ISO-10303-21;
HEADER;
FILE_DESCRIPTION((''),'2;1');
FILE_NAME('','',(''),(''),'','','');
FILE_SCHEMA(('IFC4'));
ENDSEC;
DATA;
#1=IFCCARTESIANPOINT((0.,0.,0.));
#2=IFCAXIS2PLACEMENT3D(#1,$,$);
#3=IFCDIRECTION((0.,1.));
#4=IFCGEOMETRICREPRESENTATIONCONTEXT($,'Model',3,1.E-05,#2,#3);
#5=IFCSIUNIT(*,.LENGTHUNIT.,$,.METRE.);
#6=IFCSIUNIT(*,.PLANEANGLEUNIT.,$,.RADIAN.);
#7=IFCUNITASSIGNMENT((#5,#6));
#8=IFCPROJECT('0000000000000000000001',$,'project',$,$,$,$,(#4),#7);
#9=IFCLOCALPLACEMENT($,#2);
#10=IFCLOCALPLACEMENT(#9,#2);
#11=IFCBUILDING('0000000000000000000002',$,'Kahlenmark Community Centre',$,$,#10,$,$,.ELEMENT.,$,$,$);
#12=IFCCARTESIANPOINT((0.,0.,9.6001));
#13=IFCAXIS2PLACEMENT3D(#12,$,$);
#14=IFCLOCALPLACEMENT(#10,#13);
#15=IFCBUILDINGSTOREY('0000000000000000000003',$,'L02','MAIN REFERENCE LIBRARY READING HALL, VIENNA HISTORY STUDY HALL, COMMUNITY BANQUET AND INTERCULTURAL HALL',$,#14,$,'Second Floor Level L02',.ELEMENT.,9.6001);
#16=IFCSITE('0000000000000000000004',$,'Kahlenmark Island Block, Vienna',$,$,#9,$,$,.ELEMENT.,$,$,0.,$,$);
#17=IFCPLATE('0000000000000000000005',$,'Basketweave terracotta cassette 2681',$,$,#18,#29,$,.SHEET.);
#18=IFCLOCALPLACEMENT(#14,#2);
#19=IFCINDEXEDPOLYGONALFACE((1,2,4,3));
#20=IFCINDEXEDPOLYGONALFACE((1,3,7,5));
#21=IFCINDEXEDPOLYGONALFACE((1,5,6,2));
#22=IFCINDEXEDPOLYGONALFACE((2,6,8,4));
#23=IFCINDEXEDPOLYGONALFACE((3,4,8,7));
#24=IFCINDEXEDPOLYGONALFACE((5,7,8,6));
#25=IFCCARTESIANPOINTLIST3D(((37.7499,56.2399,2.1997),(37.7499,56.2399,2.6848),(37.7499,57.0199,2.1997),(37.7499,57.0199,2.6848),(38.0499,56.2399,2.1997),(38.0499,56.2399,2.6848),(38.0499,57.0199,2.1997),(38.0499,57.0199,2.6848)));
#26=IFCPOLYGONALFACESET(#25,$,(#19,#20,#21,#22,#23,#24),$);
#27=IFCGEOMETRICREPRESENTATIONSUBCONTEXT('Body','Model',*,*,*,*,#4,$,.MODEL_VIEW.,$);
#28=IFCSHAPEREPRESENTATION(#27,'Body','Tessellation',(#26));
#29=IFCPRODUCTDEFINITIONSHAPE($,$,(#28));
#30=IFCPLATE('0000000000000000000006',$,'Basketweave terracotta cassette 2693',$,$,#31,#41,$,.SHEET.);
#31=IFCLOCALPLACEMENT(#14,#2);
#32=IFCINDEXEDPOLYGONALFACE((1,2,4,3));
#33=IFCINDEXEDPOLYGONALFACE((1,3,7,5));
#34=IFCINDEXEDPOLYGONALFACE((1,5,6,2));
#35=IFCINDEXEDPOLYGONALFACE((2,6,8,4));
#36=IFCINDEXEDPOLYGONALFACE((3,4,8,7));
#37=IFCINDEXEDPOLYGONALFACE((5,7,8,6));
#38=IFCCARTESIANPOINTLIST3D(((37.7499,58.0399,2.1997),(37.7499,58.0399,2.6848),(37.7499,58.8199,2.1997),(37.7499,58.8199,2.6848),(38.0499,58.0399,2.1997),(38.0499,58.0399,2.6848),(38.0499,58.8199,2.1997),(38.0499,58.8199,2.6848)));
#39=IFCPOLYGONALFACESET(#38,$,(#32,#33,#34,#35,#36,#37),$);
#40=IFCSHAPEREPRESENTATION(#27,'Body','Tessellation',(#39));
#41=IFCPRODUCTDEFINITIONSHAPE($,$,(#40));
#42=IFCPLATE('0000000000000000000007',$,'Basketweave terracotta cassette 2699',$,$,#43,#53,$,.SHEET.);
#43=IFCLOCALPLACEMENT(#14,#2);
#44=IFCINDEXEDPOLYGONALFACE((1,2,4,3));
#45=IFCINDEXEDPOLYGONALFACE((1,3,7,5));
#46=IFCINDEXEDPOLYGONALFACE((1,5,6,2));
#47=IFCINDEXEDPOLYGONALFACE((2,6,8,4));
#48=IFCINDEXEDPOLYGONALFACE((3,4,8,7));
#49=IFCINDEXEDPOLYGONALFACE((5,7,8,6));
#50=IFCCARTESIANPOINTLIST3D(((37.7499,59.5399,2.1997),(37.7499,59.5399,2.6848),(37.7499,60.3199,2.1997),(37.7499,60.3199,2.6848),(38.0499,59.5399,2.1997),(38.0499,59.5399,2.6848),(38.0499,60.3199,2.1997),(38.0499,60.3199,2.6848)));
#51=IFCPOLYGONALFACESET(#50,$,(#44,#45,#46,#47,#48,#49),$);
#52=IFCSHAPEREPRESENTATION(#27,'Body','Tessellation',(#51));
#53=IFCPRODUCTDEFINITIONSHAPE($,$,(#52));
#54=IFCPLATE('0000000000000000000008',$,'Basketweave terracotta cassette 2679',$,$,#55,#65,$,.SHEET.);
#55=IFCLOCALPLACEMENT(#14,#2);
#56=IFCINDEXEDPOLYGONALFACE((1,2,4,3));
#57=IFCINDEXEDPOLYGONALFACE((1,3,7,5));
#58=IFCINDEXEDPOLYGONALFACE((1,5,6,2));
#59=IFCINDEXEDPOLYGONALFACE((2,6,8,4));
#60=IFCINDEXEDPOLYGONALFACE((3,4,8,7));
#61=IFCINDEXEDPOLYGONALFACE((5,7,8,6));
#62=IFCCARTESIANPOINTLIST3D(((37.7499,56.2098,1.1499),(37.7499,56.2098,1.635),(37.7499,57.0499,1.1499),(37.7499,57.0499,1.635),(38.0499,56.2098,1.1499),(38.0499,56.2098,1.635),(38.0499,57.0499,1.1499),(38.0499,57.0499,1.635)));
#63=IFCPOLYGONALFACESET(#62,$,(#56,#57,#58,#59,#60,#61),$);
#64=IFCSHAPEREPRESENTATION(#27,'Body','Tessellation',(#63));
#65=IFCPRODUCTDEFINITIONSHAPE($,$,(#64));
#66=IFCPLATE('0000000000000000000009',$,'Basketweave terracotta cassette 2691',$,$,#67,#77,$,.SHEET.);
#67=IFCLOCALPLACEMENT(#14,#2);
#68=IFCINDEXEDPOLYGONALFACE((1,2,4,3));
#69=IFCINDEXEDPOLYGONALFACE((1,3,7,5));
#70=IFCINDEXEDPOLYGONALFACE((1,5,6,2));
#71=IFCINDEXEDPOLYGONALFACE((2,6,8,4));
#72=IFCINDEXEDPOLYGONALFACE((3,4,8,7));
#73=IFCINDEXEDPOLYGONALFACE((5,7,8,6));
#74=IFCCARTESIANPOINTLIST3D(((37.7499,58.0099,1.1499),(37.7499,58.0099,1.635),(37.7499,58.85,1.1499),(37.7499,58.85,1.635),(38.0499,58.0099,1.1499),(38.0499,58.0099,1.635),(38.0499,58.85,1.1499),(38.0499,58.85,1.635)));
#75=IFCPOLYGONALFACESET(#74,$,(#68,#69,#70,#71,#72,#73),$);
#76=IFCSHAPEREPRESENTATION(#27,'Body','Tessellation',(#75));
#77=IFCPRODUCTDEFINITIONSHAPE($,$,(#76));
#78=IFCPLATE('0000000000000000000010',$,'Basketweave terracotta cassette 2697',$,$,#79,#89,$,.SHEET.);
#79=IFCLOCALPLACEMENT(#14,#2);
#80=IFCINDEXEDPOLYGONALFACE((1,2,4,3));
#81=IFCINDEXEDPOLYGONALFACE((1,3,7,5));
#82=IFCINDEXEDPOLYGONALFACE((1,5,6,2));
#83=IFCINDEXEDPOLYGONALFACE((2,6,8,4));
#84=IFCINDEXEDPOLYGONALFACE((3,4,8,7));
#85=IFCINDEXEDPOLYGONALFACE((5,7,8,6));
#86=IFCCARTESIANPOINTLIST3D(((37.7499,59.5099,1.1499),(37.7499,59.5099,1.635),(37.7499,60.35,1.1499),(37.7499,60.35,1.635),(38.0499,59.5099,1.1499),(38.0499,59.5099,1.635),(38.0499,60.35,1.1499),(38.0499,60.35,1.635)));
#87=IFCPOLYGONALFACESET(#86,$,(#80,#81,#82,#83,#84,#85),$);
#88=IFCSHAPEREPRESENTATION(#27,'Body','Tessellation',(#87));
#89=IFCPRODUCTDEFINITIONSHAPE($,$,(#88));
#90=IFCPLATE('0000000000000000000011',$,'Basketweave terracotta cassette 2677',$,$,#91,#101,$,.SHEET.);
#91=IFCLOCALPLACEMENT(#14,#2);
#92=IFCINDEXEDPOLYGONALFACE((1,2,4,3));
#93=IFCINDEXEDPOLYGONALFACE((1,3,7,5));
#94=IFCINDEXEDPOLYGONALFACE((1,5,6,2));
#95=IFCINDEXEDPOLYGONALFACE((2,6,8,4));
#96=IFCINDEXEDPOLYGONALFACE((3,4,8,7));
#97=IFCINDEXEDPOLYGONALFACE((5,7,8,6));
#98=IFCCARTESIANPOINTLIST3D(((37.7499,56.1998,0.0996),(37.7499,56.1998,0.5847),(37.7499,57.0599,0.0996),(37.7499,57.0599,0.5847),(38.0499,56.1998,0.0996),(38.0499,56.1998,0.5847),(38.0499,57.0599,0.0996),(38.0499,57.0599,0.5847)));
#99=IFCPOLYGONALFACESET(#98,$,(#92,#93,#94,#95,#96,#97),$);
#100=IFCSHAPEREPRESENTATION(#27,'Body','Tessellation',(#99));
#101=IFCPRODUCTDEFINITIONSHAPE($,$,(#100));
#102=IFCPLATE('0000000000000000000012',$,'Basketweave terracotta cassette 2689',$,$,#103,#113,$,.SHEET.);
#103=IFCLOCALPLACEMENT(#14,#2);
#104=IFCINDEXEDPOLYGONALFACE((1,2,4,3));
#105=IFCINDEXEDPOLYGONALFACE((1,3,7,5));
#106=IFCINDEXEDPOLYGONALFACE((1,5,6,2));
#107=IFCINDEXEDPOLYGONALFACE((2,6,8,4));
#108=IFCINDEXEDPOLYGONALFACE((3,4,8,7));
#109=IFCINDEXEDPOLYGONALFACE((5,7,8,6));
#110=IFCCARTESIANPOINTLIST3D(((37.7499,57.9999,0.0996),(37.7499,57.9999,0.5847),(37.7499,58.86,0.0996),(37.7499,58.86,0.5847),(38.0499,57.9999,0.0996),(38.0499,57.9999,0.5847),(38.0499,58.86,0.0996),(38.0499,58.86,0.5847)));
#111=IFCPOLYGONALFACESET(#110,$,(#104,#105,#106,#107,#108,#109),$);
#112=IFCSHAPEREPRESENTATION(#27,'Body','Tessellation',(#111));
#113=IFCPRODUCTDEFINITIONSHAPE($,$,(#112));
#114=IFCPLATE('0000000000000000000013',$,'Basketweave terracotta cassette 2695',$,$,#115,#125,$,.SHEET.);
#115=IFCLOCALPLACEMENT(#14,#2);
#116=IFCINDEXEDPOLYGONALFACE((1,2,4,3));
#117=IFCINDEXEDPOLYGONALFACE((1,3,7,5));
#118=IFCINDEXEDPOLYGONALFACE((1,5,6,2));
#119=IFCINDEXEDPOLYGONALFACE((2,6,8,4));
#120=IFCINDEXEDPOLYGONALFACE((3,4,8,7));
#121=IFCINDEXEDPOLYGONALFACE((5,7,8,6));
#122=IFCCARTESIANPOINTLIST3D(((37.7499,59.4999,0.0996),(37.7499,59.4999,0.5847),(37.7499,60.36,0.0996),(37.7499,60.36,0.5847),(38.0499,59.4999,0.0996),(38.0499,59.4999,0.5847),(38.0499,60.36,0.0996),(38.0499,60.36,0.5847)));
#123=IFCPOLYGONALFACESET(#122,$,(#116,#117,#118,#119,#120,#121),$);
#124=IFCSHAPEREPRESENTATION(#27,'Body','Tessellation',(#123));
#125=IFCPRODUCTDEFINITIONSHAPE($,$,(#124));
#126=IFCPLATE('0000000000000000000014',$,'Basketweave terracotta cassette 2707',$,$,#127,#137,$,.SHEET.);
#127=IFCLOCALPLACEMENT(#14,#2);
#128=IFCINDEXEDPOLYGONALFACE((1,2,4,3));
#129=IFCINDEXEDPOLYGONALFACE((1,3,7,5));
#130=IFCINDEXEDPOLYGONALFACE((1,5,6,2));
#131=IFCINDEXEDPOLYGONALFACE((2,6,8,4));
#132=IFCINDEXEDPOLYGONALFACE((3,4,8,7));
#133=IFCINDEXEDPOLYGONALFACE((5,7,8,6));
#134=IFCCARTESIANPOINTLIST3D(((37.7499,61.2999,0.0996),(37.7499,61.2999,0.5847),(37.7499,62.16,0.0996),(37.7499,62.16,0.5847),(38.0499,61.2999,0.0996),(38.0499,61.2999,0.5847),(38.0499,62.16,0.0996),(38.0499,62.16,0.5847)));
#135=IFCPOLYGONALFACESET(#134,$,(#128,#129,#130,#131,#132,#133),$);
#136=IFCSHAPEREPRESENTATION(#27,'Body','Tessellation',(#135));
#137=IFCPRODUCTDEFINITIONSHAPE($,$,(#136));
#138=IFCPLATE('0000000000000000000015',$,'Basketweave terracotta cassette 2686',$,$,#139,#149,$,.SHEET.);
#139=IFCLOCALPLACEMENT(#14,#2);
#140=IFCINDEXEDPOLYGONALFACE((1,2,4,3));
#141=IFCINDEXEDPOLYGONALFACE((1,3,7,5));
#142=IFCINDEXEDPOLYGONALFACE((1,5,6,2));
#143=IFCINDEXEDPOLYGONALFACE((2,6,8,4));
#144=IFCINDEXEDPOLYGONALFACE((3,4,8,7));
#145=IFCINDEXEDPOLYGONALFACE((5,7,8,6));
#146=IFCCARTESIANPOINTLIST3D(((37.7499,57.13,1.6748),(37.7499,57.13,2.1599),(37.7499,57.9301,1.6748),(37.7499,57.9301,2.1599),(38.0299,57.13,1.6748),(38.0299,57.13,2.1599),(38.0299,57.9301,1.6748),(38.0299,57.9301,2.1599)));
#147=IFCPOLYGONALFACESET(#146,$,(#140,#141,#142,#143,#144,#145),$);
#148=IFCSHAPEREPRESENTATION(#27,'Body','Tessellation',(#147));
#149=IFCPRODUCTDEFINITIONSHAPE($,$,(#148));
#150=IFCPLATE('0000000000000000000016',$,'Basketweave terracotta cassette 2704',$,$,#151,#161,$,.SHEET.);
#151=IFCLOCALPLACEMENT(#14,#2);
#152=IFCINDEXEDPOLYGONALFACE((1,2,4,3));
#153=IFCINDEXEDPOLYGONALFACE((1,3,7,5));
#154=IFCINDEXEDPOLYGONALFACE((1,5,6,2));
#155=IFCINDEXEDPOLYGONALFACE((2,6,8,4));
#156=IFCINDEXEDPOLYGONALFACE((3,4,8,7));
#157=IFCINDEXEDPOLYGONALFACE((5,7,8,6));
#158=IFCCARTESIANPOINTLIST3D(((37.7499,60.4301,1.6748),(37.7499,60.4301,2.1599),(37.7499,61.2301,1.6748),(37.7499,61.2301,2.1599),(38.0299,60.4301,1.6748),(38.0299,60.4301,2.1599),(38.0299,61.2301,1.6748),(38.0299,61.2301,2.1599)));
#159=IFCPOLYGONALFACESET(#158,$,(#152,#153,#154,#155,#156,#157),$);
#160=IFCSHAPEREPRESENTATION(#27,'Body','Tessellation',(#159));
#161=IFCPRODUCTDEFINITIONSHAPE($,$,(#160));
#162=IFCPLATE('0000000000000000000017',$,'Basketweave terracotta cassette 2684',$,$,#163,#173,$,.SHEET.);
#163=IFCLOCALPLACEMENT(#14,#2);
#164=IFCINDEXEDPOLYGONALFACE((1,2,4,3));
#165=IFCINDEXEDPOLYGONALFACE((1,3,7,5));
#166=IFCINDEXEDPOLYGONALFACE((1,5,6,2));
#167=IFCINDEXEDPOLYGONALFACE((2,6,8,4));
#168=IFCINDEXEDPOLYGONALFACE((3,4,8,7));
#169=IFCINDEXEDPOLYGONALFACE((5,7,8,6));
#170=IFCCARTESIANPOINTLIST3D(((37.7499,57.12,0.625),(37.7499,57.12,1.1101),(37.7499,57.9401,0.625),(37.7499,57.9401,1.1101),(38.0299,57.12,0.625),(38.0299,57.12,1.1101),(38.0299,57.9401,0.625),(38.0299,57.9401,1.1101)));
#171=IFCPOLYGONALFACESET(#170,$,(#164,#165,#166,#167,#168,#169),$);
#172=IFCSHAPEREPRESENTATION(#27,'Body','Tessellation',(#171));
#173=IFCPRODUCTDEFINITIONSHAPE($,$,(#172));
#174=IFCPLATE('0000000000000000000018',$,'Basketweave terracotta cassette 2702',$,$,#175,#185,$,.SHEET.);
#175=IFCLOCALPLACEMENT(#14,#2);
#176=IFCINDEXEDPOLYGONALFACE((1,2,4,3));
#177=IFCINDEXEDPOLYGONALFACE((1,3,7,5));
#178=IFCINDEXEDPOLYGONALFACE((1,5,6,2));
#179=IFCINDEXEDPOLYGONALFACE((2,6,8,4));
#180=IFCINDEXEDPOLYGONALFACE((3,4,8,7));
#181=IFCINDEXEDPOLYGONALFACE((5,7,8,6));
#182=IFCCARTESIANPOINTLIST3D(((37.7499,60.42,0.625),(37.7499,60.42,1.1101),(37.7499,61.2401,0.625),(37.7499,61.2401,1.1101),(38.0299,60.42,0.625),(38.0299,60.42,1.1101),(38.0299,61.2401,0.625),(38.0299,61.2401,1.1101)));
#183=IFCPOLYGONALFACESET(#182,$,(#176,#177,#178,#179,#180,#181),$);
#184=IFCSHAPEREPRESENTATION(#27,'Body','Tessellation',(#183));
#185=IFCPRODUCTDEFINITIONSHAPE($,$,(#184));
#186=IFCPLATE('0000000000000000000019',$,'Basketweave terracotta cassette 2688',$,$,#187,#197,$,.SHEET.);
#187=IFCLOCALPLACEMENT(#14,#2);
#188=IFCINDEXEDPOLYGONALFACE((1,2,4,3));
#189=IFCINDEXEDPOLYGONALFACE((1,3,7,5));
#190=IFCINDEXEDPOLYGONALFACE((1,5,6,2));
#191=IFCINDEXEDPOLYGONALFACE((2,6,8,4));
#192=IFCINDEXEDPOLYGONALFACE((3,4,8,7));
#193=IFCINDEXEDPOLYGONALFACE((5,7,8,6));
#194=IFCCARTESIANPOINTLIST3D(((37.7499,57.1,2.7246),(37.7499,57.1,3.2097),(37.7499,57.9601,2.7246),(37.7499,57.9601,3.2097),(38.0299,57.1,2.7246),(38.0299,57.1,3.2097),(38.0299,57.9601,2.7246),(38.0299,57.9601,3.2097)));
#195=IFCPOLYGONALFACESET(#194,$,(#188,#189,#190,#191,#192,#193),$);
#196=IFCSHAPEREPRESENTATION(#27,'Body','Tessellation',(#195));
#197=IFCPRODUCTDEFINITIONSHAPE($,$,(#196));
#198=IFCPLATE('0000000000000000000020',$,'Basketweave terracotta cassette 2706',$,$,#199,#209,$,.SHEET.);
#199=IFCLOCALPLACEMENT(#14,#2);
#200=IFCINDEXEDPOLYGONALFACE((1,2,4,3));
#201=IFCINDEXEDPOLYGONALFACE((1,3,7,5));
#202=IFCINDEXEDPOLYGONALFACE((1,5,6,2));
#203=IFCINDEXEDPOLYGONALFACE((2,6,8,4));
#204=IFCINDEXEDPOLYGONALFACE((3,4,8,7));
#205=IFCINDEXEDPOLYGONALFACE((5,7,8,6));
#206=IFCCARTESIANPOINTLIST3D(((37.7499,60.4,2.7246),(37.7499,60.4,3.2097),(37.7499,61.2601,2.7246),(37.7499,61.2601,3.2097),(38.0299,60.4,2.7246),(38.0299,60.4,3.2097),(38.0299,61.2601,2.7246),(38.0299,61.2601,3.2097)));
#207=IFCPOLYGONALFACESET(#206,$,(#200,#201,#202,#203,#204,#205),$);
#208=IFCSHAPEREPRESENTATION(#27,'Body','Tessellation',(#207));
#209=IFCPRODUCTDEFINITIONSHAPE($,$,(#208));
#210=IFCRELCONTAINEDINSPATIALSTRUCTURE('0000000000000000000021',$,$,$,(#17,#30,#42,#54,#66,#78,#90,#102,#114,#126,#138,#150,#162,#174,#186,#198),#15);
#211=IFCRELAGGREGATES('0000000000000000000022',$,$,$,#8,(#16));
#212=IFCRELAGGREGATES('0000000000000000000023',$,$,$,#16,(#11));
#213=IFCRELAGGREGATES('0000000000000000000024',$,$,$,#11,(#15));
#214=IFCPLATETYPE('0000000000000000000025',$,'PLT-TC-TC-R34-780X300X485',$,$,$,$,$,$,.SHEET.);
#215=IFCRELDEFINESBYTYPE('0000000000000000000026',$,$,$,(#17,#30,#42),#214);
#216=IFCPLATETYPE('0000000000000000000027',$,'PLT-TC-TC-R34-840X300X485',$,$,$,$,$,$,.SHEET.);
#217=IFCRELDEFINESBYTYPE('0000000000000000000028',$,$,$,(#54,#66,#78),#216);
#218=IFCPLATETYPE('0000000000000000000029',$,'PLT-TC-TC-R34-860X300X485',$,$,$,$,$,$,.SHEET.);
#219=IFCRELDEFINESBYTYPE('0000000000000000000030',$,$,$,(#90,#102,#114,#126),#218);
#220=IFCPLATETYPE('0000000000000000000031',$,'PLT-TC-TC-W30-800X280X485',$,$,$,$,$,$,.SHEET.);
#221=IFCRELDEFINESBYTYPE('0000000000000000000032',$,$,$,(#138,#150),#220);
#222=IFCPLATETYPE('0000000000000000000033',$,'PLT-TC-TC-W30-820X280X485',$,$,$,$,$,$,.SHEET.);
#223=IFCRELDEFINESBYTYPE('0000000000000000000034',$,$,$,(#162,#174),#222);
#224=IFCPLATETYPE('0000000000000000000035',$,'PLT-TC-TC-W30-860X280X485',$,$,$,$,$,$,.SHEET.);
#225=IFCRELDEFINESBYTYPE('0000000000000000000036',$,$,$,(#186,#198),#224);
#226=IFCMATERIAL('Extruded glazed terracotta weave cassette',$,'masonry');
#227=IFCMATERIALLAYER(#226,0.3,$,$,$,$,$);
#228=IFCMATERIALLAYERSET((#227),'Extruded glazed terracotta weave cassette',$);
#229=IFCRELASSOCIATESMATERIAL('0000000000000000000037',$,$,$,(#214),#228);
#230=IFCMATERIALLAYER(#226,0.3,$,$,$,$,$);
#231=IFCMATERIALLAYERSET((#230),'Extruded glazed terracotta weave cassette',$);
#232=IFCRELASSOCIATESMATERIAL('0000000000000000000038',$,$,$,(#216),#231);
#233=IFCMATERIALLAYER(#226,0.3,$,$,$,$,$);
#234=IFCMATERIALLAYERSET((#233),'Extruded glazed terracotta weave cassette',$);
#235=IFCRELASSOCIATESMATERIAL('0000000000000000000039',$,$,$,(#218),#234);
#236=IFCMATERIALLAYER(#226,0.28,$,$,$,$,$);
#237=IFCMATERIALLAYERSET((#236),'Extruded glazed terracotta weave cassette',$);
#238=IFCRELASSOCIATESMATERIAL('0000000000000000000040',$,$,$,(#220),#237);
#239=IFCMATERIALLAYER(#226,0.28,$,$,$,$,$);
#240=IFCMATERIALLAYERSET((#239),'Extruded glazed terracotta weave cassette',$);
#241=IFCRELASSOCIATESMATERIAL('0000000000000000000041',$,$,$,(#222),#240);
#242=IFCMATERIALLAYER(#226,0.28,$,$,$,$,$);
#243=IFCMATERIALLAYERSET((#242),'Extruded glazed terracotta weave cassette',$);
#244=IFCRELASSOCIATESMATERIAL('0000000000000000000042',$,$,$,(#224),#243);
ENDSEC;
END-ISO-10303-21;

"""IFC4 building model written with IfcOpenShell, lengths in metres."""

from ifc_helpers import new_model, si_unit, direction, frame, origin, origin_2d, place, context, subcontext, project, spatial, rectangle, extrude, material, layer, layer_set, type_object, element, save


model = new_model("IFC4")

# Units and contexts
model_context = context("Model", 3, precision=1e-05, world=origin(), true_north=direction((0.0, 1.0)))
body_context = subcontext(model_context, "Body", "Model", "MODEL_VIEW")
ifc_project = project(units=[si_unit("LENGTHUNIT", "METRE"), si_unit("PLANEANGLEUNIT", "RADIAN")], contexts=[model_context])

# Site, building, storey
site_placement = place(None, origin())
site = spatial("IfcSite", under=ifc_project, at=site_placement, Name="Kahlenmark Island Block, Vienna", CompositionType="ELEMENT", RefElevation=0.0)
building_placement = place(site_placement, origin())
building = spatial("IfcBuilding", under=site, at=building_placement, Name="Kahlenmark Community Centre", CompositionType="ELEMENT")
storey_placement = place(building_placement, frame((0.0, 0.0, 9.6001)))
storey = spatial("IfcBuildingStorey", under=building, at=storey_placement, Name="L02", Description="MAIN REFERENCE LIBRARY READING HALL, VIENNA HISTORY STUDY HALL, COMMUNITY BANQUET AND INTERCULTURAL HALL", LongName="Second Floor Level L02", CompositionType="ELEMENT", Elevation=9.6001)

# Plates
ifc_material_1 = material(Name="Extruded glazed terracotta weave cassette", Category="masonry")
ifc_layer_1 = layer(ifc_material_1, 0.3)
ifc_layer_set_1 = layer_set([ifc_layer_1], Name="Extruded glazed terracotta weave cassette")
plate_type_1 = type_object("IfcPlateType", Name="PLT-TC-TC-R34-780X300X485", PredefinedType="SHEET", material=ifc_layer_set_1)
for number, where, z_axis, x_axis, name in (
    (1, (37.8999, 56.6299, 2.1997), (0.0, 0.0, 1.0), (0.0, 1.0, 0.0), "Basketweave terracotta cassette 2681"),
    (2, (37.8999, 58.4299, 2.1997), (0.0, 0.0, 1.0), (0.0, 1.0, 0.0), "Basketweave terracotta cassette 2693"),
    (3, (37.8999, 59.9299, 2.1997), (0.0, 0.0, 1.0), (0.0, 1.0, 0.0), "Basketweave terracotta cassette 2699"),
):
    element("IfcPlate", number, at=place(storey_placement, frame(where, z_axis=z_axis, x_axis=x_axis)), inside=storey, type_object=plate_type_1, Name=name, PredefinedType="SHEET", context=body_context, shape_type="SweptSolid", body=[
        extrude(rectangle(XDim=0.78, YDim=0.3, at=origin_2d()), origin(), (0.0, 0.0, 1.0), 0.4851),
    ])
ifc_layer_2 = layer(ifc_material_1, 0.3)
ifc_layer_set_2 = layer_set([ifc_layer_2], Name="Extruded glazed terracotta weave cassette")
plate_type_2 = type_object("IfcPlateType", Name="PLT-TC-TC-R34-840X300X485", PredefinedType="SHEET", material=ifc_layer_set_2)
for number, where, z_axis, x_axis, name in (
    (4, (37.8999, 56.6299, 1.1499), (0.0, 0.0, 1.0), (0.0, 1.0, 0.0), "Basketweave terracotta cassette 2679"),
    (5, (37.8999, 58.4299, 1.1499), (0.0, 0.0, 1.0), (0.0, 1.0, 0.0), "Basketweave terracotta cassette 2691"),
    (6, (37.8999, 59.9299, 1.1499), (0.0, 0.0, 1.0), (0.0, 1.0, 0.0), "Basketweave terracotta cassette 2697"),
):
    element("IfcPlate", number, at=place(storey_placement, frame(where, z_axis=z_axis, x_axis=x_axis)), inside=storey, type_object=plate_type_2, Name=name, PredefinedType="SHEET", context=body_context, shape_type="SweptSolid", body=[
        extrude(rectangle(XDim=0.8401, YDim=0.3, at=origin_2d()), origin(), (0.0, 0.0, 1.0), 0.4851),
    ])
ifc_layer_3 = layer(ifc_material_1, 0.3)
ifc_layer_set_3 = layer_set([ifc_layer_3], Name="Extruded glazed terracotta weave cassette")
plate_type_3 = type_object("IfcPlateType", Name="PLT-TC-TC-R34-860X300X485", PredefinedType="SHEET", material=ifc_layer_set_3)
for number, where, z_axis, x_axis, name in (
    (7, (37.8999, 56.6299, 0.0996), (0.0, 0.0, 1.0), (0.0, 1.0, 0.0), "Basketweave terracotta cassette 2677"),
    (8, (37.8999, 58.4299, 0.0996), (0.0, 0.0, 1.0), (0.0, 1.0, 0.0), "Basketweave terracotta cassette 2689"),
    (9, (37.8999, 59.9299, 0.0996), (0.0, 0.0, 1.0), (0.0, 1.0, 0.0), "Basketweave terracotta cassette 2695"),
    (10, (37.8999, 61.73, 0.0996), (0.0, 0.0, 1.0), (0.0, 1.0, 0.0), "Basketweave terracotta cassette 2707"),
):
    element("IfcPlate", number, at=place(storey_placement, frame(where, z_axis=z_axis, x_axis=x_axis)), inside=storey, type_object=plate_type_3, Name=name, PredefinedType="SHEET", context=body_context, shape_type="SweptSolid", body=[
        extrude(rectangle(XDim=0.8601, YDim=0.3, at=origin_2d()), origin(), (0.0, 0.0, 1.0), 0.4851),
    ])
ifc_layer_4 = layer(ifc_material_1, 0.28)
ifc_layer_set_4 = layer_set([ifc_layer_4], Name="Extruded glazed terracotta weave cassette")
plate_type_4 = type_object("IfcPlateType", Name="PLT-TC-TC-W30-800X280X485", PredefinedType="SHEET", material=ifc_layer_set_4)
for number, where, z_axis, x_axis, name in (
    (11, (37.8899, 57.53, 1.6748), (0.0, 0.0, 1.0), (0.0, 1.0, 0.0), "Basketweave terracotta cassette 2686"),
    (12, (37.8899, 60.8301, 1.6748), (0.0, 0.0, 1.0), (0.0, 1.0, 0.0), "Basketweave terracotta cassette 2704"),
):
    element("IfcPlate", number, at=place(storey_placement, frame(where, z_axis=z_axis, x_axis=x_axis)), inside=storey, type_object=plate_type_4, Name=name, PredefinedType="SHEET", context=body_context, shape_type="SweptSolid", body=[
        extrude(rectangle(XDim=0.8, YDim=0.28, at=origin_2d()), origin(), (0.0, 0.0, 1.0), 0.4851),
    ])
ifc_layer_5 = layer(ifc_material_1, 0.28)
ifc_layer_set_5 = layer_set([ifc_layer_5], Name="Extruded glazed terracotta weave cassette")
plate_type_5 = type_object("IfcPlateType", Name="PLT-TC-TC-W30-820X280X485", PredefinedType="SHEET", material=ifc_layer_set_5)
for number, where, z_axis, x_axis, name in (
    (13, (37.8899, 57.53, 0.625), (0.0, 0.0, 1.0), (0.0, 1.0, 0.0), "Basketweave terracotta cassette 2684"),
    (14, (37.8899, 60.8301, 0.625), (0.0, 0.0, 1.0), (0.0, 1.0, 0.0), "Basketweave terracotta cassette 2702"),
):
    element("IfcPlate", number, at=place(storey_placement, frame(where, z_axis=z_axis, x_axis=x_axis)), inside=storey, type_object=plate_type_5, Name=name, PredefinedType="SHEET", context=body_context, shape_type="SweptSolid", body=[
        extrude(rectangle(XDim=0.8201, YDim=0.28, at=origin_2d()), origin(), (0.0, 0.0, 1.0), 0.4851),
    ])
ifc_layer_6 = layer(ifc_material_1, 0.28)
ifc_layer_set_6 = layer_set([ifc_layer_6], Name="Extruded glazed terracotta weave cassette")
plate_type_6 = type_object("IfcPlateType", Name="PLT-TC-TC-W30-860X280X485", PredefinedType="SHEET", material=ifc_layer_set_6)
for number, where, z_axis, x_axis, name in (
    (15, (37.8899, 57.53, 2.7246), (0.0, 0.0, 1.0), (0.0, 1.0, 0.0), "Basketweave terracotta cassette 2688"),
    (16, (37.8899, 60.8301, 2.7246), (0.0, 0.0, 1.0), (0.0, 1.0, 0.0), "Basketweave terracotta cassette 2706"),
):
    element("IfcPlate", number, at=place(storey_placement, frame(where, z_axis=z_axis, x_axis=x_axis)), inside=storey, type_object=plate_type_6, Name=name, PredefinedType="SHEET", context=body_context, shape_type="SweptSolid", body=[
        extrude(rectangle(XDim=0.8601, YDim=0.28, at=origin_2d()), origin(), (0.0, 0.0, 1.0), 0.4851),
    ])

save(model, "model.ifc")
